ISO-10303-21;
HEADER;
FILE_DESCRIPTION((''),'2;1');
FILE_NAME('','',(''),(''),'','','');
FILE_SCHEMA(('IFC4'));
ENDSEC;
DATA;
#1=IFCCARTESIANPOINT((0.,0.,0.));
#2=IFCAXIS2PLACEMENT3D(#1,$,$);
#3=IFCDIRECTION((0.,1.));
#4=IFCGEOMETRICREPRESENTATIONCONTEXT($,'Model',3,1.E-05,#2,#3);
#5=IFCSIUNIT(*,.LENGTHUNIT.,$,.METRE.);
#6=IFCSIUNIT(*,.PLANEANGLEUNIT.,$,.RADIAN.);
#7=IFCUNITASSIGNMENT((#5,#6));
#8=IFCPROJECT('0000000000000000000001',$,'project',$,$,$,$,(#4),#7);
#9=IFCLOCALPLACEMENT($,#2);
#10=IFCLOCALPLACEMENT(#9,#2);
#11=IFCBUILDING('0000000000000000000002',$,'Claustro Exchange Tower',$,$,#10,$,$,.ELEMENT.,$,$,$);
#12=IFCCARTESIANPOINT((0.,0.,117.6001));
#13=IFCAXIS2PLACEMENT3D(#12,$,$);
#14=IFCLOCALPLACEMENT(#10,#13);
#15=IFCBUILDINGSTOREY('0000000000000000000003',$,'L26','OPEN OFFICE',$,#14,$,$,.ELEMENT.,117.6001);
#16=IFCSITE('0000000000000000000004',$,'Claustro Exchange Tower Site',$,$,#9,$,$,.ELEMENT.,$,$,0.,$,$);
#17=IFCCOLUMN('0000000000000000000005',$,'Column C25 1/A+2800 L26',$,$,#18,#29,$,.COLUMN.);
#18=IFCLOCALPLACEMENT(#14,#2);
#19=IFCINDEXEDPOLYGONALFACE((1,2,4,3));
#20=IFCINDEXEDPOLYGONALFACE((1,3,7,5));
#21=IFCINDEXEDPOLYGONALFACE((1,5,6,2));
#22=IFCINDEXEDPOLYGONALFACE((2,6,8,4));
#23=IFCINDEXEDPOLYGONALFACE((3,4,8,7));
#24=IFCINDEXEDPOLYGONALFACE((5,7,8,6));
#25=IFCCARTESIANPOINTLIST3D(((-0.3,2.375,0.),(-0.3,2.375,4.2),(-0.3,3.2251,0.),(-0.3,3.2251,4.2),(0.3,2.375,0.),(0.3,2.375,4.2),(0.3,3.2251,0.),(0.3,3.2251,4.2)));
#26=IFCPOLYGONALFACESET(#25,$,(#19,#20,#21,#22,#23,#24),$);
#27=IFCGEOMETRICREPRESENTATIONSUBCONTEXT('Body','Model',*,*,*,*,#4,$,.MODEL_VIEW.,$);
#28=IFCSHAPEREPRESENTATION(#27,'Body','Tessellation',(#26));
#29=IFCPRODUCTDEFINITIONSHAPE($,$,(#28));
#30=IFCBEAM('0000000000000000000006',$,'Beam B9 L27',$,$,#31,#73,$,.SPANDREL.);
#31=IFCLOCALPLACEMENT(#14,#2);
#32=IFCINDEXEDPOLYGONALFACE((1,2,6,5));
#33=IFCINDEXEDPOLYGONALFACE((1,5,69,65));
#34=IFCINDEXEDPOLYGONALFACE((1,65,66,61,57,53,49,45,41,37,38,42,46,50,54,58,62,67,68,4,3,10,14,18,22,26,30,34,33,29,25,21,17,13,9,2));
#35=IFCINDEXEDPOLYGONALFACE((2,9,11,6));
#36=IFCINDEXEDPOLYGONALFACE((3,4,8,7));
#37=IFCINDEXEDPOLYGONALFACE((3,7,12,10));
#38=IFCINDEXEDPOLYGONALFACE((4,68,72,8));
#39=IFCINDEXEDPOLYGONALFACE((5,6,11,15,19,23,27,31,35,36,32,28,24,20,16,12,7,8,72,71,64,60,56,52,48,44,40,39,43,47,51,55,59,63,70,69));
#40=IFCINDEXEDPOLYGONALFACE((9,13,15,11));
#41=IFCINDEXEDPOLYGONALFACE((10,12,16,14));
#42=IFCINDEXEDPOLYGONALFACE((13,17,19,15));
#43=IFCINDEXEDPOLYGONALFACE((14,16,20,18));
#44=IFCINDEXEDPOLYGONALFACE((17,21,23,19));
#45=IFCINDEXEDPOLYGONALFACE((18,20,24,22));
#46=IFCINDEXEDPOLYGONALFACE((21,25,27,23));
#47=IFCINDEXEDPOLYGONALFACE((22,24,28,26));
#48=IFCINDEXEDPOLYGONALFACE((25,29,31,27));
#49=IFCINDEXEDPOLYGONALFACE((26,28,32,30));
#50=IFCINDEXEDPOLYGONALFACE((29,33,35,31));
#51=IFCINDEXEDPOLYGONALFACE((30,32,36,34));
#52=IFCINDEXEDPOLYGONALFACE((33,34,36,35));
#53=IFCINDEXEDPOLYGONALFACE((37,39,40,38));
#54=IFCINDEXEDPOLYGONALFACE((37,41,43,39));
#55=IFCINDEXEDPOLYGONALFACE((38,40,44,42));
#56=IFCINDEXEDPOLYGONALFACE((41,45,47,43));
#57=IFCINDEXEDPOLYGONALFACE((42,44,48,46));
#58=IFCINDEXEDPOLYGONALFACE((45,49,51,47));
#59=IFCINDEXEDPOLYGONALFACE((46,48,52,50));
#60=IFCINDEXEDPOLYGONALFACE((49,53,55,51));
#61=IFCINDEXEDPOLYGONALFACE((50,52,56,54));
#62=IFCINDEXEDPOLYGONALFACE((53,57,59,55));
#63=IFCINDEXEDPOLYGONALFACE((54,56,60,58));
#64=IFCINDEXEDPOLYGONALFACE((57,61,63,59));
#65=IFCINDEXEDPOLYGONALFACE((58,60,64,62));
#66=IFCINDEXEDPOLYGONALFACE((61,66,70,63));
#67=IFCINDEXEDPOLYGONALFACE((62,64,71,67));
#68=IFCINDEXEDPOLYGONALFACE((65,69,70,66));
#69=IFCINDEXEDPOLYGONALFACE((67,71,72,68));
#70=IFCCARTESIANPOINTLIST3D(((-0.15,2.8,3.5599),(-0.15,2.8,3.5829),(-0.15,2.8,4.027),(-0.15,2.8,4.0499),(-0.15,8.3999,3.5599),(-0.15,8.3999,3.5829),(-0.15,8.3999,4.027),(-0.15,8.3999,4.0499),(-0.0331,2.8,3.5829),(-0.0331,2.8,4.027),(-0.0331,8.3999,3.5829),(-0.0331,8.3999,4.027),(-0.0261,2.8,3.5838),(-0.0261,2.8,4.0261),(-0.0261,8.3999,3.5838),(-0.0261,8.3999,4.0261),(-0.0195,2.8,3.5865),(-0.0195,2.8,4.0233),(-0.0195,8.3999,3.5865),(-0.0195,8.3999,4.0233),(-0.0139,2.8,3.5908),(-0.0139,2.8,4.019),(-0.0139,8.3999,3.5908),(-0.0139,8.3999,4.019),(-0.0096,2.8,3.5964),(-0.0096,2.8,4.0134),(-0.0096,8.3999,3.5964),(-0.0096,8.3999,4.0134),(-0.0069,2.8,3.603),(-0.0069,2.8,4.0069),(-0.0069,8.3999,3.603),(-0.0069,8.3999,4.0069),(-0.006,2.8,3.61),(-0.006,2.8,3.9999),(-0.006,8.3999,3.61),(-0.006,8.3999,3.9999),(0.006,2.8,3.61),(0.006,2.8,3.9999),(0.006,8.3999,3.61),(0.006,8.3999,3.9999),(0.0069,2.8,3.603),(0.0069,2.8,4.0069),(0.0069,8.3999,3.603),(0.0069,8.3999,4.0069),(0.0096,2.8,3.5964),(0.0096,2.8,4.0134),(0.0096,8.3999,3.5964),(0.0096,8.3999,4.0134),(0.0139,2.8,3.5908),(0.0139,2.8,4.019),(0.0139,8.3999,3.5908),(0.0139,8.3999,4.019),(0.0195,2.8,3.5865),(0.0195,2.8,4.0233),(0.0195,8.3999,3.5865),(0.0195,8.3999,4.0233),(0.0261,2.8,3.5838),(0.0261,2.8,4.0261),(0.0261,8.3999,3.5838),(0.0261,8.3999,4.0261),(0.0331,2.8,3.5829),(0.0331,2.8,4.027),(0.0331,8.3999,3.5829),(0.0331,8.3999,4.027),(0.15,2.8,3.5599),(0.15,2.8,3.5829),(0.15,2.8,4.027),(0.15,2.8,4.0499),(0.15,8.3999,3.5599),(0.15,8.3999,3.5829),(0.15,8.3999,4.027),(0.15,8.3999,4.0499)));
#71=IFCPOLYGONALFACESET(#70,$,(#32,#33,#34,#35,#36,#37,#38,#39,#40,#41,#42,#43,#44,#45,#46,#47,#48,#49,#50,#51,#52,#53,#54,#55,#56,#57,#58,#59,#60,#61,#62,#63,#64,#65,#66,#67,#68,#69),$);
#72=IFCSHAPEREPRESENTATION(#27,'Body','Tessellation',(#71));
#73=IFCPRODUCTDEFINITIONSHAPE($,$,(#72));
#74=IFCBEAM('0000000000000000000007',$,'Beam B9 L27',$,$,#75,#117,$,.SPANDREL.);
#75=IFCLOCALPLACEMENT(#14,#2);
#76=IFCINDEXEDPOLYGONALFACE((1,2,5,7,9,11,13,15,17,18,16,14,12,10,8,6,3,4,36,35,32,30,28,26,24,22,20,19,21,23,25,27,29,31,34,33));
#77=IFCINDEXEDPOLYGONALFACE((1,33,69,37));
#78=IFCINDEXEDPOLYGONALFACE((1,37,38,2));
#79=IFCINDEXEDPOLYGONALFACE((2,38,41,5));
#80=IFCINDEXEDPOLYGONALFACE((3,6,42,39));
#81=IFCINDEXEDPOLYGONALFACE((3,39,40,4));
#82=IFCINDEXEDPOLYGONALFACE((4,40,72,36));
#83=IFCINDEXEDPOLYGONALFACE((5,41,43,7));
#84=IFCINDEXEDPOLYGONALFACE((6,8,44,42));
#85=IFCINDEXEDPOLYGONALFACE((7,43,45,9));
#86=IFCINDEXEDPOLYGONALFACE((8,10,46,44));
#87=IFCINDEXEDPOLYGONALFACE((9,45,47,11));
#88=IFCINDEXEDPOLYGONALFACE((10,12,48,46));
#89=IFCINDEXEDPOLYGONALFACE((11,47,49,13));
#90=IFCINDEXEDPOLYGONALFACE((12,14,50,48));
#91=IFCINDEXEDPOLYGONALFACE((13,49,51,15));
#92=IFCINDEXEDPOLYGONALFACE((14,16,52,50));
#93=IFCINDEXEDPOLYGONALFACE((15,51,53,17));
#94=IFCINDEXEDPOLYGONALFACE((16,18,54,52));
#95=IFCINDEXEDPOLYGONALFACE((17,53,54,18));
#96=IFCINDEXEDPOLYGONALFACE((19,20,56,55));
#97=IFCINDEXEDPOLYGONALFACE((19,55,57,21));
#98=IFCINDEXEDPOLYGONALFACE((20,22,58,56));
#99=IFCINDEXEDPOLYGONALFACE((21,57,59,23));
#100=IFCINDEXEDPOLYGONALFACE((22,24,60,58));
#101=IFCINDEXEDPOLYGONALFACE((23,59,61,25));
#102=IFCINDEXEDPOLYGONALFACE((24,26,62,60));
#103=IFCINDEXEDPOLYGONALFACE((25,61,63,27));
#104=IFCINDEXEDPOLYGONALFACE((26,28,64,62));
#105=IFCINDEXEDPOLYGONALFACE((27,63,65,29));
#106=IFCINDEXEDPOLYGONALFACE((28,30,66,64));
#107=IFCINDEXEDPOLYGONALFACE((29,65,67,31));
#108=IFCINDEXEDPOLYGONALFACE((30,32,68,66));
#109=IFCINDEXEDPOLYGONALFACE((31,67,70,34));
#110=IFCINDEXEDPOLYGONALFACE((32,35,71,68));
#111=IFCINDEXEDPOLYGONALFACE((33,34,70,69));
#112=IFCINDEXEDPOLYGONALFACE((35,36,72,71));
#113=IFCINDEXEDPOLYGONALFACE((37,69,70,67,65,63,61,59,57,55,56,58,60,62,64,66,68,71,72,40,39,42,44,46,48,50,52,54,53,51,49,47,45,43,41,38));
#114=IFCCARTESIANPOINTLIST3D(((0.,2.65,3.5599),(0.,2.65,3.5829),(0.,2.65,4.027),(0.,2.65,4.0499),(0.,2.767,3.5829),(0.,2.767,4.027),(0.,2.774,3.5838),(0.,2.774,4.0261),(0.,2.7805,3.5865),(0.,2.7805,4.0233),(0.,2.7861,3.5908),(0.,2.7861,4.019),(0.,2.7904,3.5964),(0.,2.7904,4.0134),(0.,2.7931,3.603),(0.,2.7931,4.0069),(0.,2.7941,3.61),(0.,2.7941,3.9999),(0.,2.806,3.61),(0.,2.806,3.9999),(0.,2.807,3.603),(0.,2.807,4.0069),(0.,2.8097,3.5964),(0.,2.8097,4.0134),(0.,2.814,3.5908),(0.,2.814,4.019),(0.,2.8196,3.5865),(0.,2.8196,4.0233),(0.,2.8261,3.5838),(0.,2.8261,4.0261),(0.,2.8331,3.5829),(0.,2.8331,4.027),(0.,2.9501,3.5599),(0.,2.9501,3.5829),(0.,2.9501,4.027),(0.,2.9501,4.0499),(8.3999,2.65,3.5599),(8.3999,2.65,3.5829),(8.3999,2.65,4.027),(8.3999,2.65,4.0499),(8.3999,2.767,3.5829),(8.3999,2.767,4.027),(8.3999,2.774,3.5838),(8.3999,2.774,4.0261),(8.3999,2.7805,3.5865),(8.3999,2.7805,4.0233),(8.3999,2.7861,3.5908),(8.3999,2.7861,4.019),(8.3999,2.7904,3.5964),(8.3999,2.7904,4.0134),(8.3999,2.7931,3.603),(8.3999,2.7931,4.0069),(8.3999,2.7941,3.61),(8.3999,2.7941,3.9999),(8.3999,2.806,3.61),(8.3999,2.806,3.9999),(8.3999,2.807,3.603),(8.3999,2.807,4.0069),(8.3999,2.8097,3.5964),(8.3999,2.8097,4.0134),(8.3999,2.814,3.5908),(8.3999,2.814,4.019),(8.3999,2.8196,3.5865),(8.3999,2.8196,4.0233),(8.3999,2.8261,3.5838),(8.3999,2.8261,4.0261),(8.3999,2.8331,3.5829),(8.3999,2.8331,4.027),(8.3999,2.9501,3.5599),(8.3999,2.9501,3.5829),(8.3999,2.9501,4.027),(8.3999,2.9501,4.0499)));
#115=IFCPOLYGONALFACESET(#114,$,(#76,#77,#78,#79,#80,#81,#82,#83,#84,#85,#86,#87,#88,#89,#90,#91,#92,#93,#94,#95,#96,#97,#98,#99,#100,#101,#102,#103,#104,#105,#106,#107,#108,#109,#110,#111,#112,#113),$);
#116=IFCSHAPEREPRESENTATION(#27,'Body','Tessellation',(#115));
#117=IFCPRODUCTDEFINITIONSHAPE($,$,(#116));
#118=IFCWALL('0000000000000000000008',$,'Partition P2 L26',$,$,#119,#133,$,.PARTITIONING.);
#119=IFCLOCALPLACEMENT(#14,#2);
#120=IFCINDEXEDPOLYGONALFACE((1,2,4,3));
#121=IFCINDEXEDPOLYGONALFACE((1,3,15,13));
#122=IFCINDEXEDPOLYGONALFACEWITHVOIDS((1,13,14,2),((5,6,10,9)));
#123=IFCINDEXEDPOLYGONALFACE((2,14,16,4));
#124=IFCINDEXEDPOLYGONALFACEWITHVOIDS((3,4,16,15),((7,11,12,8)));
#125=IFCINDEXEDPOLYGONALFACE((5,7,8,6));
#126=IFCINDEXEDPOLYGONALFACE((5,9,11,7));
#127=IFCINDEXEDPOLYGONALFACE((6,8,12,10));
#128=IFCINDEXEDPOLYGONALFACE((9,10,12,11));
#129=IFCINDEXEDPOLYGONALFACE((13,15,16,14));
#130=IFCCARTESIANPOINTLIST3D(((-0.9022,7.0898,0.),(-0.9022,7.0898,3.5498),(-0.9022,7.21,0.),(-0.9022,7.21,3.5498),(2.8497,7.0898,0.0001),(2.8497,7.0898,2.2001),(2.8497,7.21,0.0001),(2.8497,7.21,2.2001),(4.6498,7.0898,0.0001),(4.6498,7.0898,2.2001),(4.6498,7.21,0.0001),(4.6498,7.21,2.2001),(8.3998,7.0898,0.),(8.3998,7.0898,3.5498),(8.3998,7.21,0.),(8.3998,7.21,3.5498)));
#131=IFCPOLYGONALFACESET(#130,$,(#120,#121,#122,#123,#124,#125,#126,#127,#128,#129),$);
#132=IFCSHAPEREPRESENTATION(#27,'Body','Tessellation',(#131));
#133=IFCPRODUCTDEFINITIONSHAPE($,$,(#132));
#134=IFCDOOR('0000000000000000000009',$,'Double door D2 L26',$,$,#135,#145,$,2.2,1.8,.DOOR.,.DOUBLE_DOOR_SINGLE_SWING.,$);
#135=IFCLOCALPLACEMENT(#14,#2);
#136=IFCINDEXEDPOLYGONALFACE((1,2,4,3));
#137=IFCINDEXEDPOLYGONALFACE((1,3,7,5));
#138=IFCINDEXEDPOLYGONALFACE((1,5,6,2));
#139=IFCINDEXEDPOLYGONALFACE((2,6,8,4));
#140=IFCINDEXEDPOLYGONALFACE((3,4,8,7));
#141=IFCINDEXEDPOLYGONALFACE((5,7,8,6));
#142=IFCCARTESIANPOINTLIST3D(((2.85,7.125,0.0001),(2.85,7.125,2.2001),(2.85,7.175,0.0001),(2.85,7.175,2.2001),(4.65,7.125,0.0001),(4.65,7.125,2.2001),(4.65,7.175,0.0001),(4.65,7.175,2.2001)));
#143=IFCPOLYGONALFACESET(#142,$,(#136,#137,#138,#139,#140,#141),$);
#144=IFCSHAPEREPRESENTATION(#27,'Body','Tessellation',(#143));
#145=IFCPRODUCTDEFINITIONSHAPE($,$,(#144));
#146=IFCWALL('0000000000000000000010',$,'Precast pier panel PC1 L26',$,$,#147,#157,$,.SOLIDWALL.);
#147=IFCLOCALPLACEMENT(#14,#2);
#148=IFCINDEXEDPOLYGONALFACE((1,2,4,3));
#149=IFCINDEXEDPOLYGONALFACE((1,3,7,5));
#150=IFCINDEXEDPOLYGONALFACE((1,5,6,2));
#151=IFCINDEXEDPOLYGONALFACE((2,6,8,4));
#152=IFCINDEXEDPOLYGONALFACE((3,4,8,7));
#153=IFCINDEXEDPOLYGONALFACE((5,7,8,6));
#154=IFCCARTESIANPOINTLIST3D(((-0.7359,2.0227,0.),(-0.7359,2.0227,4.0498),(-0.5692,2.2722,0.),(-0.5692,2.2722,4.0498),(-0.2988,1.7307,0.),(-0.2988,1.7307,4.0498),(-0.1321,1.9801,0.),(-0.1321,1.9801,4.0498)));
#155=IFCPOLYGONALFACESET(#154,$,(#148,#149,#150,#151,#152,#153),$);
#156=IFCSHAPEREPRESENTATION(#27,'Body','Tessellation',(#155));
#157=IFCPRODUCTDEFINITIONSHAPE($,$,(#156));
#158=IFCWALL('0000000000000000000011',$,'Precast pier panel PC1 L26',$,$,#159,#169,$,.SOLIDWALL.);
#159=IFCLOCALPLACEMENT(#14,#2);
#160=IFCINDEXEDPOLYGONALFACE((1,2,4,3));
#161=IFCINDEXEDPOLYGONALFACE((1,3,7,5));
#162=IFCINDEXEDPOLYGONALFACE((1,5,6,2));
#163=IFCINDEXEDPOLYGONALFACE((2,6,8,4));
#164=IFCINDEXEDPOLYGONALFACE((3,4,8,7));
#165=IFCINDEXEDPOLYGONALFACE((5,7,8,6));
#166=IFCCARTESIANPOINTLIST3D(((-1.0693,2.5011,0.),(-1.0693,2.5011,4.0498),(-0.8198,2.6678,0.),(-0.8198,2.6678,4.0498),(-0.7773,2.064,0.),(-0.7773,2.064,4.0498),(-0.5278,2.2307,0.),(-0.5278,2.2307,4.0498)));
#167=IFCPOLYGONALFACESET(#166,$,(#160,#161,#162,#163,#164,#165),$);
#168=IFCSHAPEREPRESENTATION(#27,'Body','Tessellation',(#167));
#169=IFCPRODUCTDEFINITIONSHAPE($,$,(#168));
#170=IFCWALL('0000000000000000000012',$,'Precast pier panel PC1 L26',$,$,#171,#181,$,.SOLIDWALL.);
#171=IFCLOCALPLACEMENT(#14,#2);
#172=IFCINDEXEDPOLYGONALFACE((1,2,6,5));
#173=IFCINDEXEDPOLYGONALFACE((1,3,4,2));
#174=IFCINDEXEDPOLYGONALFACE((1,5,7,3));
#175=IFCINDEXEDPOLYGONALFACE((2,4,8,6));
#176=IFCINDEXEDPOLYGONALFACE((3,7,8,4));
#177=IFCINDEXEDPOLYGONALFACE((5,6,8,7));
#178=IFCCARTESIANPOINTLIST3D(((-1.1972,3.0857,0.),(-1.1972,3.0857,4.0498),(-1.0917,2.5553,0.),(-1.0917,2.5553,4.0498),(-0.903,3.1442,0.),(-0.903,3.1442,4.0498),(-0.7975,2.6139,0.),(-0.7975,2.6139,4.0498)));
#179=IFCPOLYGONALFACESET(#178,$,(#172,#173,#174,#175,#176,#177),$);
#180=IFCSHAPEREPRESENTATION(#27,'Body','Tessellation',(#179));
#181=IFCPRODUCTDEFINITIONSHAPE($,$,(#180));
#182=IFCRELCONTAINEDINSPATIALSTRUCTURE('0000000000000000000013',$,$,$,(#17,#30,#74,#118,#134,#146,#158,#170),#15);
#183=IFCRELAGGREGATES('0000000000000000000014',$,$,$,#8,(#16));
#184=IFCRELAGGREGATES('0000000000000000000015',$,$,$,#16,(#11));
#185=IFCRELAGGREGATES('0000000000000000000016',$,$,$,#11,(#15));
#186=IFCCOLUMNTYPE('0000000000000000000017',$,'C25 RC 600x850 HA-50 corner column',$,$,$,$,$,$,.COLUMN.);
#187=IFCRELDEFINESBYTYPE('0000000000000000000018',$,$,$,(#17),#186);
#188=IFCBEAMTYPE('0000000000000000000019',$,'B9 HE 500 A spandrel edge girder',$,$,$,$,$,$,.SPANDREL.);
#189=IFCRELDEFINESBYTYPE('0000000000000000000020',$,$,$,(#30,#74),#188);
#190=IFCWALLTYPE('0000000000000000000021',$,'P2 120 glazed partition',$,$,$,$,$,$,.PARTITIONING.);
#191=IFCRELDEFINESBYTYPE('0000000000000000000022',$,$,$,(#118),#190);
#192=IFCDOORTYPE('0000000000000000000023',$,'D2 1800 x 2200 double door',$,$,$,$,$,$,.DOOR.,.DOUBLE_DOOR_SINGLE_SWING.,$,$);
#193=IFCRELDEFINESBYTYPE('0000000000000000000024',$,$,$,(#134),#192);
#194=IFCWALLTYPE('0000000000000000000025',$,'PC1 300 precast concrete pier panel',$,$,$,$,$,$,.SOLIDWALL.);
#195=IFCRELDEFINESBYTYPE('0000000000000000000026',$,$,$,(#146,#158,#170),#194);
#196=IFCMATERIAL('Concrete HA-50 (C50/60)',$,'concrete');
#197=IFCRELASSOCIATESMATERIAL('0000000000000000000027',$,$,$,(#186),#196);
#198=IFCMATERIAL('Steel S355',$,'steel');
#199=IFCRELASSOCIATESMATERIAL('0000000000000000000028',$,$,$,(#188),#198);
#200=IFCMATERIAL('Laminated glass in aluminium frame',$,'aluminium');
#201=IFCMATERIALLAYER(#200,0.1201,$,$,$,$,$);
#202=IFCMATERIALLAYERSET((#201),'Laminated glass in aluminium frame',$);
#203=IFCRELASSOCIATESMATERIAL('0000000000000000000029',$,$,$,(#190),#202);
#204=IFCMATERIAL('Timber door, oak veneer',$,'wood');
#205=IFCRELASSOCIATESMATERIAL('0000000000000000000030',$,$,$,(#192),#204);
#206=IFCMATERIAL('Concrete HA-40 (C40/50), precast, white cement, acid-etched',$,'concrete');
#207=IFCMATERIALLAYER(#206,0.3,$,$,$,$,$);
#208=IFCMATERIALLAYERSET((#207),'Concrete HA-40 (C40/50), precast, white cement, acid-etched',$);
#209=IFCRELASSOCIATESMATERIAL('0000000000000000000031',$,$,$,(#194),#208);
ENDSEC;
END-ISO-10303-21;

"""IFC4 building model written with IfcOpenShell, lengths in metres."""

from ifc_helpers import new_model, si_unit, direction, frame, frame_2d, origin, origin_2d, place, context, subcontext, project, spatial, rectangle, i_section, extrude, material, layer, layer_set, material_profile, profile_set, type_object, element, fill, save


model = new_model("IFC4")

# Units and contexts
model_context = context("Model", 3, precision=1e-05, world=origin(), true_north=direction((0.0, 1.0)))
body_context = subcontext(model_context, "Body", "Model", "MODEL_VIEW")
ifc_project = project(units=[si_unit("LENGTHUNIT", "METRE"), si_unit("PLANEANGLEUNIT", "RADIAN")], contexts=[model_context])

# Site, building, storey
site_placement = place(None, origin())
site = spatial("IfcSite", under=ifc_project, at=site_placement, Name="Claustro Exchange Tower Site", CompositionType="ELEMENT", RefElevation=0.0)
building_placement = place(site_placement, origin())
building = spatial("IfcBuilding", under=site, at=building_placement, Name="Claustro Exchange Tower", CompositionType="ELEMENT")
storey_placement = place(building_placement, frame((0.0, 0.0, 117.6001)))
storey = spatial("IfcBuildingStorey", under=building, at=storey_placement, Name="L26", Description="OPEN OFFICE", CompositionType="ELEMENT", Elevation=117.6001)

# Column
ifc_material_1 = material(Name="Concrete HA-50 (C50/60)", Category="concrete")
ifc_material_profile_1 = material_profile(ifc_material_1, rectangle(XDim=0.6001, YDim=0.8501, at=origin_2d()), Name="RC 600x850")
ifc_profile_set_1 = profile_set([ifc_material_profile_1], Name="Concrete HA-50 (C50/60)")
column_type = type_object("IfcColumnType", Name="C25 RC 600x850 HA-50 corner column", PredefinedType="COLUMN", material=ifc_profile_set_1)
column_placement = place(storey_placement, frame((0.0, 2.8, 0.0), z_axis=(0.0, 0.0, 1.0), x_axis=(1.0, 0.0, 0.0)))
element("IfcColumn", 1, at=column_placement, inside=storey, type_object=column_type, Name="Column C25 1/A+2800 L26", PredefinedType="COLUMN", context=body_context, shape_type="SweptSolid", body=[
    extrude(rectangle(XDim=0.6001, YDim=0.8501, at=origin_2d()), origin(), (0.0, 0.0, 1.0), 4.2),
])

# Beams
ifc_material_2 = material(Name="Steel S355", Category="steel")
ifc_material_profile_2 = material_profile(ifc_material_2, i_section(OverallWidth=0.3, OverallDepth=0.49, WebThickness=0.012, FlangeThickness=0.0229, FilletRadius=0.0271, at=origin_2d()), Name="HE 500 A")
ifc_profile_set_2 = profile_set([ifc_material_profile_2], Name="Steel S355")
beam_type = type_object("IfcBeamType", Name="B9 HE 500 A spandrel edge girder", PredefinedType="SPANDREL", material=ifc_profile_set_2)
beam_1_placement = place(storey_placement, frame((0.0, 2.8, 3.8049), z_axis=(0.0, 1.0, 0.0), x_axis=(-1.0, 0.0, 0.0)))
element("IfcBeam", 2, at=beam_1_placement, inside=storey, type_object=beam_type, Name="Beam B9 L27", PredefinedType="SPANDREL", context=body_context, shape_type="SweptSolid", body=[
    extrude(i_section(OverallWidth=0.3, OverallDepth=0.49, WebThickness=0.012, FlangeThickness=0.0229, FilletRadius=0.0271, at=origin_2d()), origin(), (0.0, 0.0, 1.0), 5.5999),
])
beam_2_placement = place(storey_placement, frame((0.0, 2.8, 3.8049), z_axis=(1.0, 0.0, 0.0), x_axis=(0.0, 1.0, 0.0)))
element("IfcBeam", 3, at=beam_2_placement, inside=storey, type_object=beam_type, Name="Beam B9 L27", PredefinedType="SPANDREL", context=body_context, shape_type="SweptSolid", body=[
    extrude(i_section(OverallWidth=0.3, OverallDepth=0.49, WebThickness=0.012, FlangeThickness=0.0229, FilletRadius=0.0271, at=origin_2d()), origin(), (0.0, 0.0, 1.0), 8.3999),
])

# Wall, opening, door
ifc_material_3 = material(Name="Laminated glass in aluminium frame", Category="aluminium")
ifc_layer_1 = layer(ifc_material_3, 0.1201)
ifc_layer_set_1 = layer_set([ifc_layer_1], Name="Laminated glass in aluminium frame")
wall_type_1 = type_object("IfcWallType", Name="P2 120 glazed partition", PredefinedType="PARTITIONING", material=ifc_layer_set_1)
wall_1_placement = place(storey_placement, frame((-0.9021, 7.1499, 0.0), z_axis=(0.0, 0.0, 1.0), x_axis=(1.0, 0.0, 0.0)))
wall_1 = element("IfcWall", 4, at=wall_1_placement, inside=storey, type_object=wall_type_1, Name="Partition P2 L26", PredefinedType="PARTITIONING", context=body_context, shape_type="SweptSolid", body=[
    extrude(rectangle(XDim=9.302, YDim=0.1201, at=frame_2d((4.6509, 0.0))), origin(), (0.0, 0.0, 1.0), 3.5498),
])
opening_1_placement = place(wall_1_placement, frame((3.752, 0.0, 0.0)))
opening_1 = element("IfcOpeningElement", 5, at=opening_1_placement, cuts=wall_1, PredefinedType="OPENING", context=body_context, shape_type="SweptSolid", body=[
    extrude(rectangle(XDim=1.8, YDim=2.2, at=frame_2d((0.8999, 1.1001))), frame((0.0, 0.0701, 0.0), z_axis=(0.0, -1.0, 0.0), x_axis=(1.0, 0.0, 0.0)), (0.0, 0.0, 1.0), 0.1401),
])
ifc_material_4 = material(Name="Timber door, oak veneer", Category="wood")
door_type_1 = type_object("IfcDoorType", Name="D2 1800 x 2200 double door", OperationType="DOUBLE_DOOR_SINGLE_SWING", PredefinedType="DOOR", material=ifc_material_4)
door_1_placement = place(opening_1_placement, frame((1.8, 0.0, 0.0), z_axis=(0.0, 0.0, 1.0), x_axis=(-1.0, 0.0, 0.0)))
door_1 = element("IfcDoor", 6, at=door_1_placement, inside=storey, type_object=door_type_1, Name="Double door D2 L26", OperationType="DOUBLE_DOOR_SINGLE_SWING", OverallHeight=2.2, OverallWidth=1.8, PredefinedType="DOOR", context=body_context, shape_type="SweptSolid", body=[
    extrude(rectangle(XDim=1.8, YDim=2.2, at=frame_2d((0.8999, 1.1001))), frame((0.0, 0.0249, 0.0), z_axis=(0.0, -1.0, 0.0), x_axis=(1.0, 0.0, 0.0)), (0.0, 0.0, 1.0), 0.05),
])
fill(opening_1, door_1)

# Walls
ifc_material_5 = material(Name="Concrete HA-40 (C40/50), precast, white cement, acid-etched", Category="concrete")
ifc_layer_2 = layer(ifc_material_5, 0.3)
ifc_layer_set_2 = layer_set([ifc_layer_2], Name="Concrete HA-40 (C40/50), precast, white cement, acid-etched")
wall_type_2 = type_object("IfcWallType", Name="PC1 300 precast concrete pier panel", PredefinedType="SOLIDWALL", material=ifc_layer_set_2)
for number, where, z_axis, x_axis, name in (
    (7, (-0.2156, 1.8555, 0.0), (0.0, 0.0, 1.0), (-0.831478, 0.555557, 0.0), "Precast pier panel PC1 L26"),
    (8, (-0.6526, 2.1475, 0.0), (0.0, 0.0, 1.0), (-0.555557, 0.831478, 0.0), "Precast pier panel PC1 L26"),
):
    element("IfcWall", number, at=place(storey_placement, frame(where, z_axis=z_axis, x_axis=x_axis)), inside=storey, type_object=wall_type_2, Name=name, PredefinedType="SOLIDWALL", context=body_context, shape_type="SweptSolid", body=[
        extrude(rectangle(XDim=0.5256, YDim=0.3, at=frame_2d((0.2627, 0.0))), origin(), (0.0, 0.0, 1.0), 4.0498),
    ])
wall_2_placement = place(storey_placement, frame((-0.9446, 2.5845, 0.0), z_axis=(0.0, 0.0, 1.0), x_axis=(-0.195074, 0.980789, 0.0)))
element("IfcWall", 9, at=wall_2_placement, inside=storey, type_object=wall_type_2, Name="Precast pier panel PC1 L26", PredefinedType="SOLIDWALL", context=body_context, shape_type="SweptSolid", body=[
    extrude(rectangle(XDim=0.5408, YDim=0.3, at=frame_2d((0.2705, 0.0))), origin(), (0.0, 0.0, 1.0), 4.0498),
])

save(model, "model.ifc")
